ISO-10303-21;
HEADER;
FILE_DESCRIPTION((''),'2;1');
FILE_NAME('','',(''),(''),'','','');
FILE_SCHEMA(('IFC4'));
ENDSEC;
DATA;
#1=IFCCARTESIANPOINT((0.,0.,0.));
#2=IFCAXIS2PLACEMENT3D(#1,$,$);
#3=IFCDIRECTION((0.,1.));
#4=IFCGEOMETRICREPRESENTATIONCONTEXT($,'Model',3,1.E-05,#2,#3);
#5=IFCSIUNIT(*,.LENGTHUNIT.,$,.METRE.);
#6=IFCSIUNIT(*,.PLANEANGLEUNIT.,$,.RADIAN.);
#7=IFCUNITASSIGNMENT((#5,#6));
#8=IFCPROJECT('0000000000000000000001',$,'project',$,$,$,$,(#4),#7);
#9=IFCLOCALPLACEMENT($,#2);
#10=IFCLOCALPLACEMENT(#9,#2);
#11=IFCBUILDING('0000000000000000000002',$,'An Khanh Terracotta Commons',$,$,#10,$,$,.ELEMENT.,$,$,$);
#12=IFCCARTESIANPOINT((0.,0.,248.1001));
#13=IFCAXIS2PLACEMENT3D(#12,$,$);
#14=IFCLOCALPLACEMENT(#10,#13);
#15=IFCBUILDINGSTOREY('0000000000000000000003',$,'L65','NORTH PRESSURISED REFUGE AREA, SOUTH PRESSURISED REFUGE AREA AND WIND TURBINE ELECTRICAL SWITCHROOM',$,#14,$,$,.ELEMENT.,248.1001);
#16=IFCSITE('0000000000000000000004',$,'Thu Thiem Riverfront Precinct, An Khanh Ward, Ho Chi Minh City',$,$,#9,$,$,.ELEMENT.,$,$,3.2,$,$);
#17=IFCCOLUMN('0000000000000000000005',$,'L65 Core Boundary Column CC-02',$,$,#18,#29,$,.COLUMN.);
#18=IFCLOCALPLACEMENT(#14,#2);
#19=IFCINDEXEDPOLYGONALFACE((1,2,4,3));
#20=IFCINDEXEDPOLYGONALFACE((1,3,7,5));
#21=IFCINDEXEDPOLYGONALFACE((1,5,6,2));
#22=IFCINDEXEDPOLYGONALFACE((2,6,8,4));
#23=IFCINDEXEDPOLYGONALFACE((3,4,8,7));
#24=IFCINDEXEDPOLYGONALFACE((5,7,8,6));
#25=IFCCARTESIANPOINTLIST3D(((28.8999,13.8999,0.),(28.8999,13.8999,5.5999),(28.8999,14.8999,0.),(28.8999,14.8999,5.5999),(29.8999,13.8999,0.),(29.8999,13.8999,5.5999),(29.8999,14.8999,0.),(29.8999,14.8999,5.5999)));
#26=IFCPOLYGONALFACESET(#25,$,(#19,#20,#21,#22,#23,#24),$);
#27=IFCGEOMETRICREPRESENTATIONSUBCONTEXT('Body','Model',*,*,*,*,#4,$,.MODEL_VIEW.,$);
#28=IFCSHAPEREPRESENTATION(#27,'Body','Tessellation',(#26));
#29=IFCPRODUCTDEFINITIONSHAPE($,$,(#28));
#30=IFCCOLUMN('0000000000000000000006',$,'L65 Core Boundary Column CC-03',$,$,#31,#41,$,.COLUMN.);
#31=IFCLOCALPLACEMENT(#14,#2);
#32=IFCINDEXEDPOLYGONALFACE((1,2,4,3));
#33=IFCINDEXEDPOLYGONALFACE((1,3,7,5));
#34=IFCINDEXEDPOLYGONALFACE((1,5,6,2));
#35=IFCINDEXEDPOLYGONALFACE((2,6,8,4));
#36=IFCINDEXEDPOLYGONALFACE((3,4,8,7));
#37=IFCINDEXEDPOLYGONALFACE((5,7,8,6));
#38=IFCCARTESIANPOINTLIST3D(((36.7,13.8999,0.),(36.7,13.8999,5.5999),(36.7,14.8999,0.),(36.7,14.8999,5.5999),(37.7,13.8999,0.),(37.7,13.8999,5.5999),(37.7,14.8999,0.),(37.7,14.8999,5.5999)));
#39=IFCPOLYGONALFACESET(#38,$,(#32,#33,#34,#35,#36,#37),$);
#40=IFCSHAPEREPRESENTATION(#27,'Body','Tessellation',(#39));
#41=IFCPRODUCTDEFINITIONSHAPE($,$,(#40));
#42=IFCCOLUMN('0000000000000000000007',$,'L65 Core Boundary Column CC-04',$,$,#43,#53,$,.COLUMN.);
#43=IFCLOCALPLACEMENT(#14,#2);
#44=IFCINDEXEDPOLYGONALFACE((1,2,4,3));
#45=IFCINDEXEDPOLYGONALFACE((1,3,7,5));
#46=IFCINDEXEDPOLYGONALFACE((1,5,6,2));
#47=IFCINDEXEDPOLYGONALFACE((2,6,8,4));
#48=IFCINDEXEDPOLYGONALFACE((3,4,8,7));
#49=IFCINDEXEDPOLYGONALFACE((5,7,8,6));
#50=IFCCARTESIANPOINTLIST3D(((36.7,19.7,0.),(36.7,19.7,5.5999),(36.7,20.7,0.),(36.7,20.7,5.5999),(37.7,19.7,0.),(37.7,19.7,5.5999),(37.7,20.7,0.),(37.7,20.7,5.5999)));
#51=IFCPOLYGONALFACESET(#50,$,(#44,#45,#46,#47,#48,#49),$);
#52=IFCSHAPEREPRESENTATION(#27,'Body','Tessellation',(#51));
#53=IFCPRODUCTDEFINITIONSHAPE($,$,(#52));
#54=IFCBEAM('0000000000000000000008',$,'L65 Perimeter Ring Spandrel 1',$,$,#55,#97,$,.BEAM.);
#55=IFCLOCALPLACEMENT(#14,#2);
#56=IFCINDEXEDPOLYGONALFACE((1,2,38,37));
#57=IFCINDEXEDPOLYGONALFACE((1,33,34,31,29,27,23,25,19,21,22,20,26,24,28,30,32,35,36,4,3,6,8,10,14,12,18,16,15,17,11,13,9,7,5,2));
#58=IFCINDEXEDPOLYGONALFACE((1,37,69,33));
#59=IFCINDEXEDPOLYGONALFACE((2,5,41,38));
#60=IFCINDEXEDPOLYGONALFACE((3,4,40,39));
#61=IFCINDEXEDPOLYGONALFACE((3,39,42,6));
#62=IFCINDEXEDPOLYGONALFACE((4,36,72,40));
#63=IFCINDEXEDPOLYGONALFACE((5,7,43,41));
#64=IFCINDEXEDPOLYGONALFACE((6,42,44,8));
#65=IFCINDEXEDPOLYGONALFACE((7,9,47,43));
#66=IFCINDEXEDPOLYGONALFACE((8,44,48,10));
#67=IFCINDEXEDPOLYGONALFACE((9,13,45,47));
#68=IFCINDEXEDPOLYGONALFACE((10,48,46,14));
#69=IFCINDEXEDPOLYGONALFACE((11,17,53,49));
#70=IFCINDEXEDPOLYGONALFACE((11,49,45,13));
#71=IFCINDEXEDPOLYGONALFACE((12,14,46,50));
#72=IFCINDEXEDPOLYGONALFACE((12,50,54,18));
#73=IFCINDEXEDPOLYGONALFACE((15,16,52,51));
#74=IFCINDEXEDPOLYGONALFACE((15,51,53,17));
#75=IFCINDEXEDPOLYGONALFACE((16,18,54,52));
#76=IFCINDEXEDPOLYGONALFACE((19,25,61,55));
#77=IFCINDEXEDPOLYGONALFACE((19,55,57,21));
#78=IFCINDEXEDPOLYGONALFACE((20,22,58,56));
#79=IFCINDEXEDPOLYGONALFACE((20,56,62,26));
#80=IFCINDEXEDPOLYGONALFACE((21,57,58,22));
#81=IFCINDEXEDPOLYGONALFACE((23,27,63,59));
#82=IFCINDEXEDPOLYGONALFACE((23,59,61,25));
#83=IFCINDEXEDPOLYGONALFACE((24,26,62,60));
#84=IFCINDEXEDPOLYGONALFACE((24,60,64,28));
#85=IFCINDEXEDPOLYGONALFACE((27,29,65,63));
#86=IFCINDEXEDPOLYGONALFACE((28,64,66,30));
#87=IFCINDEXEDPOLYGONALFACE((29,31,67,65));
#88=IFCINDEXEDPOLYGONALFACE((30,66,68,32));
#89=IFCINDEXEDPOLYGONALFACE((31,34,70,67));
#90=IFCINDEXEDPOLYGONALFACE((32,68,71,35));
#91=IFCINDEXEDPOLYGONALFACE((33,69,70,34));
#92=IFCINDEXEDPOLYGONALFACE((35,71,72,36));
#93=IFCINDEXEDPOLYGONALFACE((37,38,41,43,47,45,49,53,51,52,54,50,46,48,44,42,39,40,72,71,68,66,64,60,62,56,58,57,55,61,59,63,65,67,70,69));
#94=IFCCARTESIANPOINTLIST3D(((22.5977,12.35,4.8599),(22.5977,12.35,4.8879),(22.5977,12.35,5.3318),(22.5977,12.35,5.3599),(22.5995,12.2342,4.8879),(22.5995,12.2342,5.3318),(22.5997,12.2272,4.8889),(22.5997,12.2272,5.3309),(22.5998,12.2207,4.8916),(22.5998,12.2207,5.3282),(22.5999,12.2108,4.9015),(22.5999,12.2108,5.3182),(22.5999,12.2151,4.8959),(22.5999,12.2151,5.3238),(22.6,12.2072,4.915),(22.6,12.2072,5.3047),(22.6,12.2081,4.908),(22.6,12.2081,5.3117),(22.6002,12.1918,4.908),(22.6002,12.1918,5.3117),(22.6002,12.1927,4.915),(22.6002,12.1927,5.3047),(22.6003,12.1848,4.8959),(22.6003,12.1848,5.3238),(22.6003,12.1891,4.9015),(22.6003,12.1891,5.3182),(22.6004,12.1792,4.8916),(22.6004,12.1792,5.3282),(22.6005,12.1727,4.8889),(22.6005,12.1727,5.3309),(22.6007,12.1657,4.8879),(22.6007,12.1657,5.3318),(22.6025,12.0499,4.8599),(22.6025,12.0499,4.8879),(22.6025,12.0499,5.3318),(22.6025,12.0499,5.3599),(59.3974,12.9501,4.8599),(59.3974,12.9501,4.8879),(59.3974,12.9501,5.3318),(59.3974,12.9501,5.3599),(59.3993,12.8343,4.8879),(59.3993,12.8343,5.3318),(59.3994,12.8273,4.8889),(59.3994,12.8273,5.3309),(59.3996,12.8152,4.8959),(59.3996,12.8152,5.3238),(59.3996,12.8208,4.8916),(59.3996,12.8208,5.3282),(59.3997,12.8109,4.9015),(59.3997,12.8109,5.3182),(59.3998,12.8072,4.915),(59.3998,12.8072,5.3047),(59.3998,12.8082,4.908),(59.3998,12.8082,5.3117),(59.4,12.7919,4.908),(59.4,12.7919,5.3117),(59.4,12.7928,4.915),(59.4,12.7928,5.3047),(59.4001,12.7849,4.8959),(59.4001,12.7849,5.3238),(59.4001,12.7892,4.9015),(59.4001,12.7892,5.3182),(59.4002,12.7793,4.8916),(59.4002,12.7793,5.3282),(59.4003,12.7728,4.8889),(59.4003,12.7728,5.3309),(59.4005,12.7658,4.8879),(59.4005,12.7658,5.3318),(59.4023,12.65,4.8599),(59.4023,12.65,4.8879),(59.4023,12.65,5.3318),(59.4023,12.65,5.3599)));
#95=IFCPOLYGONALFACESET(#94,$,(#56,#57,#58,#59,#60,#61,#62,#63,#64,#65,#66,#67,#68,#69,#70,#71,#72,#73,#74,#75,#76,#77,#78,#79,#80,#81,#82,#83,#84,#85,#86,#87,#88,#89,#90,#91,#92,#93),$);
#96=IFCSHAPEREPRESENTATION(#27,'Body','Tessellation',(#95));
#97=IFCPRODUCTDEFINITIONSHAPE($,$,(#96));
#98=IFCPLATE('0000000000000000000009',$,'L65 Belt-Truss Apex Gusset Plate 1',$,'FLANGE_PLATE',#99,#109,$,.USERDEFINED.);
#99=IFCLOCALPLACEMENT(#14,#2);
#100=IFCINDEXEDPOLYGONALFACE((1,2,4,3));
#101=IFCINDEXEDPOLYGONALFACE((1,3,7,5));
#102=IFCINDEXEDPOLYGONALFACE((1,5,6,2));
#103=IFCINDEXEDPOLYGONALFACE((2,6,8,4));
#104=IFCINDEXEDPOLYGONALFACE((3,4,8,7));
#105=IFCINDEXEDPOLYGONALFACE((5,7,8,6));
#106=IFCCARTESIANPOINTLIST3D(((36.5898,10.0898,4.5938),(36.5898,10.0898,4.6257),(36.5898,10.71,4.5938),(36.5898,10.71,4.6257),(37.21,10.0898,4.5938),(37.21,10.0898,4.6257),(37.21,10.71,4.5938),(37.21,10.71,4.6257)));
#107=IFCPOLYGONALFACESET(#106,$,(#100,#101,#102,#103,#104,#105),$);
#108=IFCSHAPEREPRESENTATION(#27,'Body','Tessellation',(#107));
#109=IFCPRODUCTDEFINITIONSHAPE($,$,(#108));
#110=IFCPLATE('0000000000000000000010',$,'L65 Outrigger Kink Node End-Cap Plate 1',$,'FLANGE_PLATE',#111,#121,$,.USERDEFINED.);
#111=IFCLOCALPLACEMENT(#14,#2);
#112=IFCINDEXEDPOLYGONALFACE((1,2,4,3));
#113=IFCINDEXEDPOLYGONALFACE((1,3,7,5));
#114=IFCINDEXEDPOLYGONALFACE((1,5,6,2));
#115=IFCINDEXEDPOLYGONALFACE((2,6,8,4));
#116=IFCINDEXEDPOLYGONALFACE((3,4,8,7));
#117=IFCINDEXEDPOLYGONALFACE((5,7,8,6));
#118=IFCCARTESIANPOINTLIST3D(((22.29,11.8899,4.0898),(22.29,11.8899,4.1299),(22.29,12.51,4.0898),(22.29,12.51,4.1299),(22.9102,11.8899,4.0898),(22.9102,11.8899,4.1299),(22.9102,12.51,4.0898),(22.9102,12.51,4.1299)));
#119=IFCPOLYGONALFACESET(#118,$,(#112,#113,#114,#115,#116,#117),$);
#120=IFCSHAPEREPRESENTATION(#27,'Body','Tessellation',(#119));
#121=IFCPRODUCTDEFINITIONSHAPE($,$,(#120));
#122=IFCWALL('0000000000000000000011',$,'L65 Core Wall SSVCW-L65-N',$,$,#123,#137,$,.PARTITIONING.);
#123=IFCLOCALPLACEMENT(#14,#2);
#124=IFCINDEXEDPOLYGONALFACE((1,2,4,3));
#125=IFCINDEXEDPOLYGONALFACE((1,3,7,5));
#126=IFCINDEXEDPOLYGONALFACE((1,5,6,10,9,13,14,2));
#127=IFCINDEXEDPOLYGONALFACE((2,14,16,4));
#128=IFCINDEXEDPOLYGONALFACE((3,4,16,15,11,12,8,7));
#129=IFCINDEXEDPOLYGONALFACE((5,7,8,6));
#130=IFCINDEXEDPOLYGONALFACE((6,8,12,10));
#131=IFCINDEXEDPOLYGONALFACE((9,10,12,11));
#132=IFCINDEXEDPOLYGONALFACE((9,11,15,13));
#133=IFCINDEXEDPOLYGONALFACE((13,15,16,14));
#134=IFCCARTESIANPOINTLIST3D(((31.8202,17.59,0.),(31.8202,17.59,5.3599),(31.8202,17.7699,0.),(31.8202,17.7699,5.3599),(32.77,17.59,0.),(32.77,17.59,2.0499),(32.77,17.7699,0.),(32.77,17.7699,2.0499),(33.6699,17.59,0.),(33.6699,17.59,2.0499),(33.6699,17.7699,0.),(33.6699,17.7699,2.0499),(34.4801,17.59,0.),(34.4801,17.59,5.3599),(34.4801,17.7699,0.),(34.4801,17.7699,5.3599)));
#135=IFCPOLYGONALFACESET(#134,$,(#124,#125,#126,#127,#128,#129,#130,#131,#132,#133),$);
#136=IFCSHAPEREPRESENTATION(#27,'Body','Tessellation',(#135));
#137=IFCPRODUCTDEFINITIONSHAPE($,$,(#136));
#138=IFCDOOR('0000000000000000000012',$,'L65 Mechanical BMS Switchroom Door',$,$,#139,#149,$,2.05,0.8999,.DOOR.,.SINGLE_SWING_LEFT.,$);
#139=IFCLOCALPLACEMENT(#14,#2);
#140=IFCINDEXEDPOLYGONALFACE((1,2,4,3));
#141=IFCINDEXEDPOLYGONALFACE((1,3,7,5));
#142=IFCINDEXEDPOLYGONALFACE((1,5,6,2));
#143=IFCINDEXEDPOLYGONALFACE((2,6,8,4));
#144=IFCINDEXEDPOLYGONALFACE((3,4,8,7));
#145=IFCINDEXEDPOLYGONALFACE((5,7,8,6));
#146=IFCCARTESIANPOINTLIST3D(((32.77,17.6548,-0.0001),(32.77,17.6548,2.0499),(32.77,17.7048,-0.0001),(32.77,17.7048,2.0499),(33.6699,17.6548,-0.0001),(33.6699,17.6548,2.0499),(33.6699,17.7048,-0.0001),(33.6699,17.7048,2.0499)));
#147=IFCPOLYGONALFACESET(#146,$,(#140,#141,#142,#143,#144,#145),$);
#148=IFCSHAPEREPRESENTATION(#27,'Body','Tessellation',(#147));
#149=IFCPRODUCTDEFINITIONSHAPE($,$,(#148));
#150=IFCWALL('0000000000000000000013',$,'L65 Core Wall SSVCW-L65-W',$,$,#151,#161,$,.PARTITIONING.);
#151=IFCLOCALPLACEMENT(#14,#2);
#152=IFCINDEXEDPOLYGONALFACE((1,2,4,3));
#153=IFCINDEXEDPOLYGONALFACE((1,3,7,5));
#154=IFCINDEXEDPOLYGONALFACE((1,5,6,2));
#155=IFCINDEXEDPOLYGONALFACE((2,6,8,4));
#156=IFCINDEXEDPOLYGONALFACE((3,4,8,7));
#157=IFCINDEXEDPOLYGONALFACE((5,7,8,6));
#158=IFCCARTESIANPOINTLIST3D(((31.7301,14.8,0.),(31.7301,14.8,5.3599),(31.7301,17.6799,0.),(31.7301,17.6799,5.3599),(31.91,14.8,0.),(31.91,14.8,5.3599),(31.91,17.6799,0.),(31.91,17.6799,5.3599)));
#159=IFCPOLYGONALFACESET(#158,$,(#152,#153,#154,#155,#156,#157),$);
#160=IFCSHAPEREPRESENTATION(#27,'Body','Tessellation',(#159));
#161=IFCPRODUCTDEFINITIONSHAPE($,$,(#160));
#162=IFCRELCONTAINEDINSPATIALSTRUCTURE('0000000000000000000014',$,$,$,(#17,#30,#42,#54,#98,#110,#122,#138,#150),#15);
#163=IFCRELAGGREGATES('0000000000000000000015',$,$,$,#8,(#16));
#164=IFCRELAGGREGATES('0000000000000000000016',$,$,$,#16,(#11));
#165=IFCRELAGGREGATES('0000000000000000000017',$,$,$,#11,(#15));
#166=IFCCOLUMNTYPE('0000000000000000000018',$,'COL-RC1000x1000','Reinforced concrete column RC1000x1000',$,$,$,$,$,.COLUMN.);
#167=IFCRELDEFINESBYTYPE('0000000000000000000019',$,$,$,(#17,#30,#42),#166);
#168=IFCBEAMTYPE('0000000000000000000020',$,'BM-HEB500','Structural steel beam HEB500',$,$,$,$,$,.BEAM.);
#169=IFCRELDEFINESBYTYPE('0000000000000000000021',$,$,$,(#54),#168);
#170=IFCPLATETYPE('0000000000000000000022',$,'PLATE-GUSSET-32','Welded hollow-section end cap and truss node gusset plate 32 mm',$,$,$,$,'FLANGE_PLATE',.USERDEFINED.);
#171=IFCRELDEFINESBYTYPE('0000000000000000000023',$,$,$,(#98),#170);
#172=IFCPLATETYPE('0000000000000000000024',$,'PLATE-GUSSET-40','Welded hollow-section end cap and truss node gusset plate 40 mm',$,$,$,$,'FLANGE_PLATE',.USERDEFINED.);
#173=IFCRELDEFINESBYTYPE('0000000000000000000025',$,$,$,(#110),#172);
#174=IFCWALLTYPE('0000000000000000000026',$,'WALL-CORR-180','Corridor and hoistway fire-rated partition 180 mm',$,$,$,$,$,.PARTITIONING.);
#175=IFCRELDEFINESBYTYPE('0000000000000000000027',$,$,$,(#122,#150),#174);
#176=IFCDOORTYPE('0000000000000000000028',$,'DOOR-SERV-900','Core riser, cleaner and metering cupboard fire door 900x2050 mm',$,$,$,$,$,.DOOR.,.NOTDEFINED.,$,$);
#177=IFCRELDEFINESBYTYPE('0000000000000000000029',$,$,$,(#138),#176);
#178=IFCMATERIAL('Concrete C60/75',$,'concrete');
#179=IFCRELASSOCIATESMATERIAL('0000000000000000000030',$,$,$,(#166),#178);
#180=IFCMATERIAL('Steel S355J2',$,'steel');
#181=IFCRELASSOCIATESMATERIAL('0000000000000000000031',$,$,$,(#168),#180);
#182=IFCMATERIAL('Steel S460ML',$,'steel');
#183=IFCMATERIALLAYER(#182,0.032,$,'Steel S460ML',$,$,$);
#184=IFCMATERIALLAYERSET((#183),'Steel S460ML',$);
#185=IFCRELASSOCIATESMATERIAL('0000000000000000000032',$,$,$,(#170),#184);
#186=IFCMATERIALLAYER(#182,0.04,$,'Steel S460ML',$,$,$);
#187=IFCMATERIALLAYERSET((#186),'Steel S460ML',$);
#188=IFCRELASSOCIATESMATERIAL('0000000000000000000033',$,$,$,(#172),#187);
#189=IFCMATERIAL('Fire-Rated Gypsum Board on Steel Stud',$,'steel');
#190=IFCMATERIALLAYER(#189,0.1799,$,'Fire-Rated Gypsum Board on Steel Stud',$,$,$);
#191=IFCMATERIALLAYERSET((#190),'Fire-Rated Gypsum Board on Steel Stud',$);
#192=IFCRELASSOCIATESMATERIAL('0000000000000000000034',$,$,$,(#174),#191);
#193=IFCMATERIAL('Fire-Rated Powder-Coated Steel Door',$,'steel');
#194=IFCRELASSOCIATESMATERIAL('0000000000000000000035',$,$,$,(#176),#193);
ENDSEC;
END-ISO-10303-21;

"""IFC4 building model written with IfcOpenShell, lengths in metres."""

from ifc_helpers import new_model, si_unit, direction, frame, frame_2d, origin, origin_2d, place, context, subcontext, project, spatial, rectangle, i_section, extrude, material, layer, layer_set, material_profile, profile_set, type_object, element, fill, save


model = new_model("IFC4")

# Units and contexts
model_context = context("Model", 3, precision=1e-05, world=origin(), true_north=direction((0.0, 1.0)))
body_context = subcontext(model_context, "Body", "Model", "MODEL_VIEW")
ifc_project = project(units=[si_unit("LENGTHUNIT", "METRE"), si_unit("PLANEANGLEUNIT", "RADIAN")], contexts=[model_context])

# Site, building, storey
site_placement = place(None, origin())
site = spatial("IfcSite", under=ifc_project, at=site_placement, Name="Thu Thiem Riverfront Precinct, An Khanh Ward, Ho Chi Minh City", CompositionType="ELEMENT", RefElevation=3.2)
building_placement = place(site_placement, origin())
building = spatial("IfcBuilding", under=site, at=building_placement, Name="An Khanh Terracotta Commons", CompositionType="ELEMENT")
storey_placement = place(building_placement, frame((0.0, 0.0, 248.1001)))
storey = spatial("IfcBuildingStorey", under=building, at=storey_placement, Name="L65", Description="NORTH PRESSURISED REFUGE AREA, SOUTH PRESSURISED REFUGE AREA AND WIND TURBINE ELECTRICAL SWITCHROOM", CompositionType="ELEMENT", Elevation=248.1001)

# Columns
ifc_material_1 = material(Name="Concrete C60/75", Category="concrete")
ifc_material_profile_1 = material_profile(ifc_material_1, rectangle(XDim=1.0, YDim=1.0, at=origin_2d()), Name="RC1000x1000")
ifc_profile_set_1 = profile_set([ifc_material_profile_1], Name="Concrete C60/75")
column_type = type_object("IfcColumnType", Name="COL-RC1000x1000", Description="Reinforced concrete column RC1000x1000", PredefinedType="COLUMN", material=ifc_profile_set_1)
for number, where, z_axis, x_axis, name in (
    (1, (29.3999, 14.3999, 0.0), (0.0, 0.0, 1.0), (1.0, 0.0, 0.0), "L65 Core Boundary Column CC-02"),
    (2, (37.2, 14.3999, 0.0), (0.0, 0.0, 1.0), (1.0, 0.0, 0.0), "L65 Core Boundary Column CC-03"),
    (3, (37.2, 20.2, 0.0), (0.0, 0.0, 1.0), (1.0, 0.0, 0.0), "L65 Core Boundary Column CC-04"),
):
    element("IfcColumn", number, at=place(storey_placement, frame(where, z_axis=z_axis, x_axis=x_axis)), inside=storey, type_object=column_type, Name=name, PredefinedType="COLUMN", context=body_context, shape_type="SweptSolid", body=[
        extrude(rectangle(XDim=1.0, YDim=1.0, at=origin_2d()), origin(), (0.0, 0.0, 1.0), 5.5999),
    ])

# Beam
ifc_material_2 = material(Name="Steel S355J2", Category="steel")
ifc_material_profile_2 = material_profile(ifc_material_2, i_section(OverallWidth=0.3, OverallDepth=0.5, WebThickness=0.0144, FlangeThickness=0.0281, FilletRadius=0.0271, at=origin_2d()), Name="HEB500")
ifc_profile_set_2 = profile_set([ifc_material_profile_2], Name="Steel S355J2")
beam_type = type_object("IfcBeamType", Name="BM-HEB500", Description="Structural steel beam HEB500", PredefinedType="BEAM", material=ifc_profile_set_2)
beam_placement = place(storey_placement, frame((22.6001, 12.2, 5.1099), z_axis=(0.999867, 0.016305, 0.0), x_axis=(-0.016305, 0.999867, 0.0)))
element("IfcBeam", 4, at=beam_placement, inside=storey, type_object=beam_type, Name="L65 Perimeter Ring Spandrel 1", PredefinedType="BEAM", context=body_context, shape_type="SweptSolid", body=[
    extrude(i_section(OverallWidth=0.3, OverallDepth=0.5, WebThickness=0.0144, FlangeThickness=0.0281, FilletRadius=0.0271, at=origin_2d()), origin(), (0.0, 0.0, 1.0), 36.8047),
])

# Plates
ifc_material_3 = material(Name="Steel S460ML", Category="steel")
ifc_layer_1 = layer(ifc_material_3, 0.032, Name="Steel S460ML")
ifc_layer_set_1 = layer_set([ifc_layer_1], Name="Steel S460ML")
plate_type_1 = type_object("IfcPlateType", Name="PLATE-GUSSET-32", Description="Welded hollow-section end cap and truss node gusset plate 32 mm", ElementType="FLANGE_PLATE", PredefinedType="USERDEFINED", material=ifc_layer_set_1)
plate_1_placement = place(storey_placement, frame((36.8999, 10.3999, 4.5938), z_axis=(0.0, 0.0, 1.0), x_axis=(1.0, 0.0, 0.0)))
element("IfcPlate", 5, at=plate_1_placement, inside=storey, type_object=plate_type_1, Name="L65 Belt-Truss Apex Gusset Plate 1", ObjectType="FLANGE_PLATE", PredefinedType="USERDEFINED", context=body_context, shape_type="SweptSolid", body=[
    extrude(rectangle(XDim=0.6201, YDim=0.6201, at=origin_2d()), origin(), (0.0, 0.0, 1.0), 0.032),
])
ifc_layer_2 = layer(ifc_material_3, 0.04, Name="Steel S460ML")
ifc_layer_set_2 = layer_set([ifc_layer_2], Name="Steel S460ML")
plate_type_2 = type_object("IfcPlateType", Name="PLATE-GUSSET-40", Description="Welded hollow-section end cap and truss node gusset plate 40 mm", ElementType="FLANGE_PLATE", PredefinedType="USERDEFINED", material=ifc_layer_set_2)
plate_2_placement = place(storey_placement, frame((22.6001, 12.2, 4.0898), z_axis=(0.0, 0.0, 1.0), x_axis=(1.0, 0.0, 0.0)))
element("IfcPlate", 6, at=plate_2_placement, inside=storey, type_object=plate_type_2, Name="L65 Outrigger Kink Node End-Cap Plate 1", ObjectType="FLANGE_PLATE", PredefinedType="USERDEFINED", context=body_context, shape_type="SweptSolid", body=[
    extrude(rectangle(XDim=0.6201, YDim=0.6201, at=origin_2d()), origin(), (0.0, 0.0, 1.0), 0.04),
])

# Wall, opening, door
ifc_material_4 = material(Name="Fire-Rated Gypsum Board on Steel Stud", Category="steel")
ifc_layer_3 = layer(ifc_material_4, 0.1799, Name="Fire-Rated Gypsum Board on Steel Stud")
ifc_layer_set_3 = layer_set([ifc_layer_3], Name="Fire-Rated Gypsum Board on Steel Stud")
wall_type_1 = type_object("IfcWallType", Name="WALL-CORR-180", Description="Corridor and hoistway fire-rated partition 180 mm", PredefinedType="PARTITIONING", material=ifc_layer_set_3)
wall_1_placement = place(storey_placement, frame((31.8201, 17.6799, 0.0), z_axis=(0.0, 0.0, 1.0), x_axis=(1.0, 0.0, 0.0)))
wall_1 = element("IfcWall", 7, at=wall_1_placement, inside=storey, type_object=wall_type_1, Name="L65 Core Wall SSVCW-L65-N", PredefinedType="PARTITIONING", context=body_context, shape_type="SweptSolid", body=[
    extrude(rectangle(XDim=2.6599, YDim=0.1799, at=frame_2d((1.3301, 0.0))), origin(), (0.0, 0.0, 1.0), 5.3599),
])
opening_1_placement = place(wall_1_placement, frame((0.95, 0.0, 0.0)))
opening_1 = element("IfcOpeningElement", 8, at=opening_1_placement, cuts=wall_1, PredefinedType="OPENING", context=body_context, shape_type="SweptSolid", body=[
    extrude(rectangle(XDim=0.8999, YDim=2.05, at=frame_2d((0.45, 1.0249))), frame((0.0, 0.0999, 0.0), z_axis=(0.0, -1.0, 0.0), x_axis=(1.0, 0.0, 0.0)), (0.0, 0.0, 1.0), 0.2),
])
ifc_material_5 = material(Name="Fire-Rated Powder-Coated Steel Door", Category="steel")
door_type_1 = type_object("IfcDoorType", Name="DOOR-SERV-900", Description="Core riser, cleaner and metering cupboard fire door 900x2050 mm", OperationType="NOTDEFINED", PredefinedType="DOOR", material=ifc_material_5)
door_1_placement = place(opening_1_placement, origin())
door_1 = element("IfcDoor", 9, at=door_1_placement, inside=storey, type_object=door_type_1, Name="L65 Mechanical BMS Switchroom Door", OperationType="SINGLE_SWING_LEFT", OverallHeight=2.05, OverallWidth=0.8999, PredefinedType="DOOR", context=body_context, shape_type="SweptSolid", body=[
    extrude(rectangle(XDim=0.8999, YDim=2.05, at=frame_2d((0.45, 1.0249))), frame((0.0, 0.0249, 0.0), z_axis=(0.0, -1.0, 0.0), x_axis=(1.0, 0.0, 0.0)), (0.0, 0.0, 1.0), 0.05),
])
fill(opening_1, door_1)

# Wall
wall_2_placement = place(storey_placement, frame((31.8201, 14.8, 0.0), z_axis=(0.0, 0.0, 1.0), x_axis=(0.0, 1.0, 0.0)))
element("IfcWall", 10, at=wall_2_placement, inside=storey, type_object=wall_type_1, Name="L65 Core Wall SSVCW-L65-W", PredefinedType="PARTITIONING", context=body_context, shape_type="SweptSolid", body=[
    extrude(rectangle(XDim=2.8799, YDim=0.1799, at=frame_2d((1.4399, 0.0))), origin(), (0.0, 0.0, 1.0), 5.3599),
])

save(model, "model.ifc")
